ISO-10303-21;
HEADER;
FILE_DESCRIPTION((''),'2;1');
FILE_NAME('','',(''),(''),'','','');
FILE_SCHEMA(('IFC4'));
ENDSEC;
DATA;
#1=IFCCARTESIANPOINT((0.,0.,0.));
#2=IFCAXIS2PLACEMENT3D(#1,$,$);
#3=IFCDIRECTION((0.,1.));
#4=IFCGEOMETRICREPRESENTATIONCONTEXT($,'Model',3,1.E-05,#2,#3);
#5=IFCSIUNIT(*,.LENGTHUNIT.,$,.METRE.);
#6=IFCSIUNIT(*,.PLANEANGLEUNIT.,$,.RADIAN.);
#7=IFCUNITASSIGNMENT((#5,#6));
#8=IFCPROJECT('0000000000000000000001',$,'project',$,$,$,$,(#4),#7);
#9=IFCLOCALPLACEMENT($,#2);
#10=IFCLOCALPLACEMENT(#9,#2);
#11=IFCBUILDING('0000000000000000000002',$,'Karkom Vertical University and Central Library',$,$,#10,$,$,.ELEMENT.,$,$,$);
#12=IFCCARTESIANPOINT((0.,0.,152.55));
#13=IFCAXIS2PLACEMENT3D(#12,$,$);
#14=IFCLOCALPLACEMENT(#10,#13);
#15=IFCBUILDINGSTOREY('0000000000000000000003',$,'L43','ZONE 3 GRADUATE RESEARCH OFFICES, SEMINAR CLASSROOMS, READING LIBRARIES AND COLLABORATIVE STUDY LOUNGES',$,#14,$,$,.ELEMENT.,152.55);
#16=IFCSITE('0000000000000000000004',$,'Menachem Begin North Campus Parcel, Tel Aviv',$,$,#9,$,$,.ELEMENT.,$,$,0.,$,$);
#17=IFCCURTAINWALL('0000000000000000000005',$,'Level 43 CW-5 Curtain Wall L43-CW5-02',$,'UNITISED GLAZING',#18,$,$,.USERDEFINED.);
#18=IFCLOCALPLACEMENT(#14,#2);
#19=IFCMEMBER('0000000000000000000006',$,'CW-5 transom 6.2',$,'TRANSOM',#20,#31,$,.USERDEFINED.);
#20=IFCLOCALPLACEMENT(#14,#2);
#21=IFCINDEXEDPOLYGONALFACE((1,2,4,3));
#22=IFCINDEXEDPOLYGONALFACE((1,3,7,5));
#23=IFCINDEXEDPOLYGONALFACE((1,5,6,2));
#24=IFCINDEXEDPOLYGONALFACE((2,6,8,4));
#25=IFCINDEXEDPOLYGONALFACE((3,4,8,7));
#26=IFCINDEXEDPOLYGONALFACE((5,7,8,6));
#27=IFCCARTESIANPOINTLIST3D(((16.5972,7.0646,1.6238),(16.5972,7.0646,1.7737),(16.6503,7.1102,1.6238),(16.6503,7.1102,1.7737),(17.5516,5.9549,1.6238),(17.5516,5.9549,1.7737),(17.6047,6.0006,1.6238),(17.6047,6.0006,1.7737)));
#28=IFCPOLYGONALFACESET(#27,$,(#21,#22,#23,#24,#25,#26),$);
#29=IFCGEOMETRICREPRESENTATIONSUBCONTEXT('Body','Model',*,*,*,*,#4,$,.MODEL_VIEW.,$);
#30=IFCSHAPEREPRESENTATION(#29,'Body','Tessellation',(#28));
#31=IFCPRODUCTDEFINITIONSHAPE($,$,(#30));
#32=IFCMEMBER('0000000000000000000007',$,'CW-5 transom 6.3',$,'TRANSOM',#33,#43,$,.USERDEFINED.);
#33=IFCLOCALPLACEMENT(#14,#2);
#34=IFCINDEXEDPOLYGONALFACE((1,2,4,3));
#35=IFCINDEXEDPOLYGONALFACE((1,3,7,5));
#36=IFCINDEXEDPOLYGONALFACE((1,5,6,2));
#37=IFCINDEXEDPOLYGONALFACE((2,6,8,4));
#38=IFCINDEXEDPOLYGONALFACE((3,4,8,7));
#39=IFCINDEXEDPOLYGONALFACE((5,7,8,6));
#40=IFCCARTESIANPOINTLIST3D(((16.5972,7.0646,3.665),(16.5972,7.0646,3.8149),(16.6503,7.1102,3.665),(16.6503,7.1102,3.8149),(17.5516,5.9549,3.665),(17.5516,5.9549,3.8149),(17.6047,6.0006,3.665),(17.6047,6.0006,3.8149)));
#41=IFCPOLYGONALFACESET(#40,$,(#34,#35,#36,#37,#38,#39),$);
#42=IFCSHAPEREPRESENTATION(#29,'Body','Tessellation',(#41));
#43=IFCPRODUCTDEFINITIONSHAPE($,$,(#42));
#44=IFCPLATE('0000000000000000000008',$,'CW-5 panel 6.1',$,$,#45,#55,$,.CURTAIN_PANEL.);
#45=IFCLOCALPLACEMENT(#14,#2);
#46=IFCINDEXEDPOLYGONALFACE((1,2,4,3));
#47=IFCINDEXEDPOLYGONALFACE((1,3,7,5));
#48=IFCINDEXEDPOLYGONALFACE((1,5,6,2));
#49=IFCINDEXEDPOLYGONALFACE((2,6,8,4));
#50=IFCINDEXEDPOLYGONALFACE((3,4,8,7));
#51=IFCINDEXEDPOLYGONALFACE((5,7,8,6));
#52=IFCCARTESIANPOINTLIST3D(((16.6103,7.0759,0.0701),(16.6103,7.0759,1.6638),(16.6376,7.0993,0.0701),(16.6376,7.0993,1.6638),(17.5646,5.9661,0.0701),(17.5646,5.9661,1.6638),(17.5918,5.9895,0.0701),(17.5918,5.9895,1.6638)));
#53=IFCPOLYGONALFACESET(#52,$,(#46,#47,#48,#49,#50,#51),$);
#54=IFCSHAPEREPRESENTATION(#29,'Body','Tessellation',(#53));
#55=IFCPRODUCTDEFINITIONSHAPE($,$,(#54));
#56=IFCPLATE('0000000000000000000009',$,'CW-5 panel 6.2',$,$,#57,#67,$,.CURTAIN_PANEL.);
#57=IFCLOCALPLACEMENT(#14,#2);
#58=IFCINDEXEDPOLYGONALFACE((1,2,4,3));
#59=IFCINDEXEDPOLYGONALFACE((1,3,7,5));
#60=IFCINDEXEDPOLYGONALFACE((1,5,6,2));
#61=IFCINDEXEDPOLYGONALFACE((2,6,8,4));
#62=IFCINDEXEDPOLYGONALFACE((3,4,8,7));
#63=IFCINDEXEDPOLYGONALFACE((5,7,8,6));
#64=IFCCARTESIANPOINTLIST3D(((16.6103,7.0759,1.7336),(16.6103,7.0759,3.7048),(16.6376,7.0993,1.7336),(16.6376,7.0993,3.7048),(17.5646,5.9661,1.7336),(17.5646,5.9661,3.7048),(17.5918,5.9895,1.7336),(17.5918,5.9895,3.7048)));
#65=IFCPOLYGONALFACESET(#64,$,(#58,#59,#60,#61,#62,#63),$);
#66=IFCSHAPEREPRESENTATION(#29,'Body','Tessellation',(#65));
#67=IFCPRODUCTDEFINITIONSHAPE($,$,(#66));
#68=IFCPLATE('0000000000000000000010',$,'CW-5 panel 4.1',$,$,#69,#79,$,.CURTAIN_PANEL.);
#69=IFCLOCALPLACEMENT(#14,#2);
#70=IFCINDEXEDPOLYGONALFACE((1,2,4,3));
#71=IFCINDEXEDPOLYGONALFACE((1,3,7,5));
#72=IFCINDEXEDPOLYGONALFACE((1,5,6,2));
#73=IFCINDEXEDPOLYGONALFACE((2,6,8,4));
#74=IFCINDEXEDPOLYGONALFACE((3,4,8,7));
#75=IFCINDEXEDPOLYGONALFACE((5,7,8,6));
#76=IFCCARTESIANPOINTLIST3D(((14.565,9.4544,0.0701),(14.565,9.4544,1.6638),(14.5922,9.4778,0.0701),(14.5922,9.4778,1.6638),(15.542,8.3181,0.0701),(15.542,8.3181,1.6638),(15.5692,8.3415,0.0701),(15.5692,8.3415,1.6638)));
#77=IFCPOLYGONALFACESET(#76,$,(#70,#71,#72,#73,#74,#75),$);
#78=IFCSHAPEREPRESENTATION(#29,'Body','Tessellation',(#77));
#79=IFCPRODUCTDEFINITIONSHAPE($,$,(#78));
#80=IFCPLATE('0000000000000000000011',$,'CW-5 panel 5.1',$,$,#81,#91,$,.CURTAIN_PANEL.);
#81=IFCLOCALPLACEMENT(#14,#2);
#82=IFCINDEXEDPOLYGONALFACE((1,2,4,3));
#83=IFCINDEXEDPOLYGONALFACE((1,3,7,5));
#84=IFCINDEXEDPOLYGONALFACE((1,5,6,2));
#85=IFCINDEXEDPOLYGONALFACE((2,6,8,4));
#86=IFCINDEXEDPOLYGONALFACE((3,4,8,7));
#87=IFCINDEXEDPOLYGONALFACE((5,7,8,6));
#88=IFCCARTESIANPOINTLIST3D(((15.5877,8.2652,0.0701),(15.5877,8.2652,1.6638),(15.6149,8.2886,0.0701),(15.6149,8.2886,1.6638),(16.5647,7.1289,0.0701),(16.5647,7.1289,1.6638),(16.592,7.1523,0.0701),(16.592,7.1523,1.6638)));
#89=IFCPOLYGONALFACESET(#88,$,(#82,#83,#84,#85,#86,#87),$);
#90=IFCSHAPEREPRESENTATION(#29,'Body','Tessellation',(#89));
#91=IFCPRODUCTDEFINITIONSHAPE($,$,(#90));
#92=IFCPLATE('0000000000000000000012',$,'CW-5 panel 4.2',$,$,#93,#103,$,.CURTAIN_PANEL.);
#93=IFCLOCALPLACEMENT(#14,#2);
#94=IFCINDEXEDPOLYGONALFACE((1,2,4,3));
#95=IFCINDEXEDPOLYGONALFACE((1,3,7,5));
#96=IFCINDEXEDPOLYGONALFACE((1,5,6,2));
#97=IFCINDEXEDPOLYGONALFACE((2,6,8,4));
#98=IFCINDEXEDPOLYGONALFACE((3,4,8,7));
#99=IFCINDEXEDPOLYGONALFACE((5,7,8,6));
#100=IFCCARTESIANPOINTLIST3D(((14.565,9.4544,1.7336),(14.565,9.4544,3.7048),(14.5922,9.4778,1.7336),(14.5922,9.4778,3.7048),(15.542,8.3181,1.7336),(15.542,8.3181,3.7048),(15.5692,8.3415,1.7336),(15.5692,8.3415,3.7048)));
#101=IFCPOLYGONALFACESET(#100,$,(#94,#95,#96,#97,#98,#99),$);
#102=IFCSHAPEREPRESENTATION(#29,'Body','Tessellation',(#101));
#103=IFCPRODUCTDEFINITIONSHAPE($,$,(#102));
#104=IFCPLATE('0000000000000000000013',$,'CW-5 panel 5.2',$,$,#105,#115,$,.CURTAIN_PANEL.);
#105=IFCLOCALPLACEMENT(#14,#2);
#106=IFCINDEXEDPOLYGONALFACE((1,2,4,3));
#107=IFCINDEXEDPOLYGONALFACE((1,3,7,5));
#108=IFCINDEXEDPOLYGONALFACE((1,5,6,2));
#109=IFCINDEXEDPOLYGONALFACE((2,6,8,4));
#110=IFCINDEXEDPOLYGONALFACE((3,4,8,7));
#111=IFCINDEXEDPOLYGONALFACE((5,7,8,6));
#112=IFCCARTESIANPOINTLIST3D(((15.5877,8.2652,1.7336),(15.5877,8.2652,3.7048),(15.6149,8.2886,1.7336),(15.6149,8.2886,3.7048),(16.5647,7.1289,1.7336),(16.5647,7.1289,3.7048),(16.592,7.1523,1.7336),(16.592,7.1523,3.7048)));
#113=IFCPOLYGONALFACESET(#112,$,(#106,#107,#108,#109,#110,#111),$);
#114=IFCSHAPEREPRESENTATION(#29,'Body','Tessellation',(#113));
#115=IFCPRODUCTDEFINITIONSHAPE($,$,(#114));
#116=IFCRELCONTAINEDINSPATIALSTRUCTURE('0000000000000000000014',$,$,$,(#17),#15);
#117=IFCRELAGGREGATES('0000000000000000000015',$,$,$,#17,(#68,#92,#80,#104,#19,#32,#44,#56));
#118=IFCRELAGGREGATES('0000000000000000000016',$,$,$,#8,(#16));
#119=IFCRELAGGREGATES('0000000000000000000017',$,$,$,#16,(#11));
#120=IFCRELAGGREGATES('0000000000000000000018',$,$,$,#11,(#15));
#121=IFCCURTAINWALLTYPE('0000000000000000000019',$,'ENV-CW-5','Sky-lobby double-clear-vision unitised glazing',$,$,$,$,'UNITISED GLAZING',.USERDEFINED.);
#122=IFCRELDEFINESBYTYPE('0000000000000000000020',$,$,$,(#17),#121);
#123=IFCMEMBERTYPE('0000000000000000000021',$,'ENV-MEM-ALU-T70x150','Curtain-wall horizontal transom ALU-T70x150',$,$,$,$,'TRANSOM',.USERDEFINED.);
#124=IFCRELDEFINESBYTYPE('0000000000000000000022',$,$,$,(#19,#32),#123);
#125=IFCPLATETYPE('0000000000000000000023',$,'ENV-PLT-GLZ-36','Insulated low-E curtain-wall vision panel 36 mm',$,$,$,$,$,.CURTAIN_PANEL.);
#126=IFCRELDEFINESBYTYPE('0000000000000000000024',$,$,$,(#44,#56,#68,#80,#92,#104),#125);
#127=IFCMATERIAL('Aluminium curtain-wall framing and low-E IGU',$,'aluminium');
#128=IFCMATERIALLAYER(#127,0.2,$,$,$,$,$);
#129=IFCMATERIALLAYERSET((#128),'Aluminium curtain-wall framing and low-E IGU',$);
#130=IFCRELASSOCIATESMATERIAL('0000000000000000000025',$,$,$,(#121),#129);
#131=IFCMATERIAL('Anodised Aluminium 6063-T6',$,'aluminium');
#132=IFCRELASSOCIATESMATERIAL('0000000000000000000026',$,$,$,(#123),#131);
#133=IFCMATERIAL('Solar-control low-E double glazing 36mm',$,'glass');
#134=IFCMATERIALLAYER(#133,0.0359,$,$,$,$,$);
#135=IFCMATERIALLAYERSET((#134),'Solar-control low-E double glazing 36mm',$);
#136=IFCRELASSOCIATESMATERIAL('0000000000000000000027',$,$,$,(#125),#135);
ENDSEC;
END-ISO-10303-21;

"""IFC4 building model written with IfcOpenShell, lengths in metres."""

from ifc_helpers import new_model, si_unit, direction, frame, origin, origin_with_axes, origin_2d, place, context, subcontext, project, spatial, rectangle, extrude, source, transform, mapped, material, layer, layer_set, material_profile, profile_set, type_object, element, aggregate, save


model = new_model("IFC4")

# Units and contexts
model_context = context("Model", 3, precision=1e-05, world=origin(), true_north=direction((0.0, 1.0)))
body_context = subcontext(model_context, "Body", "Model", "MODEL_VIEW")
ifc_project = project(units=[si_unit("LENGTHUNIT", "METRE"), si_unit("PLANEANGLEUNIT", "RADIAN")], contexts=[model_context])

# Site, building, storey
site_placement = place(None, origin())
site = spatial("IfcSite", under=ifc_project, at=site_placement, Name="Menachem Begin North Campus Parcel, Tel Aviv", CompositionType="ELEMENT", RefElevation=0.0)
building_placement = place(site_placement, origin())
building = spatial("IfcBuilding", under=site, at=building_placement, Name="Karkom Vertical University and Central Library", CompositionType="ELEMENT")
storey_placement = place(building_placement, frame((0.0, 0.0, 152.55)))
storey = spatial("IfcBuildingStorey", under=building, at=storey_placement, Name="L43", Description="ZONE 3 GRADUATE RESEARCH OFFICES, SEMINAR CLASSROOMS, READING LIBRARIES AND COLLABORATIVE STUDY LOUNGES", CompositionType="ELEMENT", Elevation=152.55)

# Curtain wall, members, plates
ifc_material_1 = material(Name="Aluminium curtain-wall framing and low-E IGU", Category="aluminium")
ifc_layer_1 = layer(ifc_material_1, 0.2)
ifc_layer_set_1 = layer_set([ifc_layer_1], Name="Aluminium curtain-wall framing and low-E IGU")
curtain_wall_type = type_object("IfcCurtainWallType", Name="ENV-CW-5", Description="Sky-lobby double-clear-vision unitised glazing", ElementType="UNITISED GLAZING", PredefinedType="USERDEFINED", material=ifc_layer_set_1)
curtain_wall_placement = place(storey_placement, origin())
curtain_wall = element("IfcCurtainWall", 1, at=curtain_wall_placement, inside=storey, type_object=curtain_wall_type, Name="Level 43 CW-5 Curtain Wall L43-CW5-02", ObjectType="UNITISED GLAZING", PredefinedType="USERDEFINED")
ifc_material_2 = material(Name="Anodised Aluminium 6063-T6", Category="aluminium")
ifc_material_profile_1 = material_profile(ifc_material_2, rectangle(XDim=0.0701, YDim=0.1499, at=origin_2d()), Name="ALU-T70x150")
ifc_profile_set_1 = profile_set([ifc_material_profile_1], Name="Anodised Aluminium 6063-T6")
member_type_1 = type_object("IfcMemberType", Name="ENV-MEM-ALU-T70x150", Description="Curtain-wall horizontal transom ALU-T70x150", ElementType="TRANSOM", PredefinedType="USERDEFINED", material=ifc_profile_set_1)
shared_shape_1 = source(origin_with_axes(), body_context, "Body", "SweptSolid", [
    extrude(rectangle(XDim=0.0701, YDim=0.1499, at=origin_2d()), origin(), (0.0, 0.0, 1.0), 1.4636),
])
member_1_placement = place(storey_placement, frame((16.6238, 7.0874, 1.6987), z_axis=(0.652068, -0.75816, 0.0), x_axis=(0.75816, 0.652068, 0.0)))
member_1 = element("IfcMember", 2, at=member_1_placement, type_object=member_type_1, Name="CW-5 transom 6.2", ObjectType="TRANSOM", PredefinedType="USERDEFINED", context=body_context, shape_type="MappedRepresentation", body=[
    mapped(shared_shape_1, transform((0.0, 0.0, 0.0), scale=1.0)),
])
member_2_placement = place(storey_placement, frame((16.6238, 7.0874, 3.74), z_axis=(0.652068, -0.75816, 0.0), x_axis=(0.75816, 0.652068, 0.0)))
member_2 = element("IfcMember", 3, at=member_2_placement, type_object=member_type_1, Name="CW-5 transom 6.3", ObjectType="TRANSOM", PredefinedType="USERDEFINED", context=body_context, shape_type="MappedRepresentation", body=[
    mapped(shared_shape_1, transform((0.0, 0.0, 0.0), scale=1.0)),
])
ifc_material_3 = material(Name="Solar-control low-E double glazing 36mm", Category="glass")
ifc_layer_2 = layer(ifc_material_3, 0.0359)
ifc_layer_set_2 = layer_set([ifc_layer_2], Name="Solar-control low-E double glazing 36mm")
plate_type = type_object("IfcPlateType", Name="ENV-PLT-GLZ-36", Description="Insulated low-E curtain-wall vision panel 36 mm", PredefinedType="CURTAIN_PANEL", material=ifc_layer_set_2)
shared_shape_2 = source(origin_with_axes(), body_context, "Body", "SweptSolid", [
    extrude(rectangle(XDim=1.4636, YDim=0.0359, at=origin_2d()), origin(), (0.0, 0.0, 1.0), 1.5938),
])
plate_1_placement = place(storey_placement, frame((17.1011, 6.5327, 0.0701), z_axis=(0.0, 0.0, 1.0), x_axis=(0.651974, -0.758242, 0.0)))
plate_1 = element("IfcPlate", 4, at=plate_1_placement, type_object=plate_type, Name="CW-5 panel 6.1", PredefinedType="CURTAIN_PANEL", context=body_context, shape_type="MappedRepresentation", body=[
    mapped(shared_shape_2, transform((0.0, 0.0, 0.0), scale=1.0)),
])
shared_shape_3 = source(origin_with_axes(), body_context, "Body", "SweptSolid", [
    extrude(rectangle(XDim=1.4636, YDim=0.0359, at=origin_2d()), origin(), (0.0, 0.0, 1.0), 1.9712),
])
plate_2_placement = place(storey_placement, frame((17.1011, 6.5327, 1.7336), z_axis=(0.0, 0.0, 1.0), x_axis=(0.651974, -0.758242, 0.0)))
plate_2 = element("IfcPlate", 5, at=plate_2_placement, type_object=plate_type, Name="CW-5 panel 6.2", PredefinedType="CURTAIN_PANEL", context=body_context, shape_type="MappedRepresentation", body=[
    mapped(shared_shape_3, transform((0.0, 0.0, 0.0), scale=1.0)),
])
shared_shape_4 = source(origin_with_axes(), body_context, "Body", "SweptSolid", [
    extrude(rectangle(XDim=1.4985, YDim=0.0359, at=origin_2d()), origin(), (0.0, 0.0, 1.0), 1.5938),
])
plate_3_placement = place(storey_placement, frame((15.0671, 8.8979, 0.0701), z_axis=(0.0, 0.0, 1.0), x_axis=(0.651974, -0.758242, 0.0)))
plate_3 = element("IfcPlate", 6, at=plate_3_placement, type_object=plate_type, Name="CW-5 panel 4.1", PredefinedType="CURTAIN_PANEL", context=body_context, shape_type="MappedRepresentation", body=[
    mapped(shared_shape_4, transform((0.0, 0.0, 0.0), scale=1.0)),
])
plate_4_placement = place(storey_placement, frame((16.0898, 7.7087, 0.0701), z_axis=(0.0, 0.0, 1.0), x_axis=(0.651974, -0.758242, 0.0)))
plate_4 = element("IfcPlate", 7, at=plate_4_placement, type_object=plate_type, Name="CW-5 panel 5.1", PredefinedType="CURTAIN_PANEL", context=body_context, shape_type="MappedRepresentation", body=[
    mapped(shared_shape_4, transform((0.0, 0.0, 0.0), scale=1.0)),
])
shared_shape_5 = source(origin_with_axes(), body_context, "Body", "SweptSolid", [
    extrude(rectangle(XDim=1.4985, YDim=0.0359, at=origin_2d()), origin(), (0.0, 0.0, 1.0), 1.9712),
])
plate_5_placement = place(storey_placement, frame((15.0671, 8.8979, 1.7336), z_axis=(0.0, 0.0, 1.0), x_axis=(0.651974, -0.758242, 0.0)))
plate_5 = element("IfcPlate", 8, at=plate_5_placement, type_object=plate_type, Name="CW-5 panel 4.2", PredefinedType="CURTAIN_PANEL", context=body_context, shape_type="MappedRepresentation", body=[
    mapped(shared_shape_5, transform((0.0, 0.0, 0.0), scale=1.0)),
])
plate_6_placement = place(storey_placement, frame((16.0898, 7.7087, 1.7336), z_axis=(0.0, 0.0, 1.0), x_axis=(0.651974, -0.758242, 0.0)))
plate_6 = element("IfcPlate", 9, at=plate_6_placement, type_object=plate_type, Name="CW-5 panel 5.2", PredefinedType="CURTAIN_PANEL", context=body_context, shape_type="MappedRepresentation", body=[
    mapped(shared_shape_5, transform((0.0, 0.0, 0.0), scale=1.0)),
])
aggregate(curtain_wall, [plate_3, plate_5, plate_4, plate_6, member_1, member_2, plate_1, plate_2])

save(model, "model.ifc")
